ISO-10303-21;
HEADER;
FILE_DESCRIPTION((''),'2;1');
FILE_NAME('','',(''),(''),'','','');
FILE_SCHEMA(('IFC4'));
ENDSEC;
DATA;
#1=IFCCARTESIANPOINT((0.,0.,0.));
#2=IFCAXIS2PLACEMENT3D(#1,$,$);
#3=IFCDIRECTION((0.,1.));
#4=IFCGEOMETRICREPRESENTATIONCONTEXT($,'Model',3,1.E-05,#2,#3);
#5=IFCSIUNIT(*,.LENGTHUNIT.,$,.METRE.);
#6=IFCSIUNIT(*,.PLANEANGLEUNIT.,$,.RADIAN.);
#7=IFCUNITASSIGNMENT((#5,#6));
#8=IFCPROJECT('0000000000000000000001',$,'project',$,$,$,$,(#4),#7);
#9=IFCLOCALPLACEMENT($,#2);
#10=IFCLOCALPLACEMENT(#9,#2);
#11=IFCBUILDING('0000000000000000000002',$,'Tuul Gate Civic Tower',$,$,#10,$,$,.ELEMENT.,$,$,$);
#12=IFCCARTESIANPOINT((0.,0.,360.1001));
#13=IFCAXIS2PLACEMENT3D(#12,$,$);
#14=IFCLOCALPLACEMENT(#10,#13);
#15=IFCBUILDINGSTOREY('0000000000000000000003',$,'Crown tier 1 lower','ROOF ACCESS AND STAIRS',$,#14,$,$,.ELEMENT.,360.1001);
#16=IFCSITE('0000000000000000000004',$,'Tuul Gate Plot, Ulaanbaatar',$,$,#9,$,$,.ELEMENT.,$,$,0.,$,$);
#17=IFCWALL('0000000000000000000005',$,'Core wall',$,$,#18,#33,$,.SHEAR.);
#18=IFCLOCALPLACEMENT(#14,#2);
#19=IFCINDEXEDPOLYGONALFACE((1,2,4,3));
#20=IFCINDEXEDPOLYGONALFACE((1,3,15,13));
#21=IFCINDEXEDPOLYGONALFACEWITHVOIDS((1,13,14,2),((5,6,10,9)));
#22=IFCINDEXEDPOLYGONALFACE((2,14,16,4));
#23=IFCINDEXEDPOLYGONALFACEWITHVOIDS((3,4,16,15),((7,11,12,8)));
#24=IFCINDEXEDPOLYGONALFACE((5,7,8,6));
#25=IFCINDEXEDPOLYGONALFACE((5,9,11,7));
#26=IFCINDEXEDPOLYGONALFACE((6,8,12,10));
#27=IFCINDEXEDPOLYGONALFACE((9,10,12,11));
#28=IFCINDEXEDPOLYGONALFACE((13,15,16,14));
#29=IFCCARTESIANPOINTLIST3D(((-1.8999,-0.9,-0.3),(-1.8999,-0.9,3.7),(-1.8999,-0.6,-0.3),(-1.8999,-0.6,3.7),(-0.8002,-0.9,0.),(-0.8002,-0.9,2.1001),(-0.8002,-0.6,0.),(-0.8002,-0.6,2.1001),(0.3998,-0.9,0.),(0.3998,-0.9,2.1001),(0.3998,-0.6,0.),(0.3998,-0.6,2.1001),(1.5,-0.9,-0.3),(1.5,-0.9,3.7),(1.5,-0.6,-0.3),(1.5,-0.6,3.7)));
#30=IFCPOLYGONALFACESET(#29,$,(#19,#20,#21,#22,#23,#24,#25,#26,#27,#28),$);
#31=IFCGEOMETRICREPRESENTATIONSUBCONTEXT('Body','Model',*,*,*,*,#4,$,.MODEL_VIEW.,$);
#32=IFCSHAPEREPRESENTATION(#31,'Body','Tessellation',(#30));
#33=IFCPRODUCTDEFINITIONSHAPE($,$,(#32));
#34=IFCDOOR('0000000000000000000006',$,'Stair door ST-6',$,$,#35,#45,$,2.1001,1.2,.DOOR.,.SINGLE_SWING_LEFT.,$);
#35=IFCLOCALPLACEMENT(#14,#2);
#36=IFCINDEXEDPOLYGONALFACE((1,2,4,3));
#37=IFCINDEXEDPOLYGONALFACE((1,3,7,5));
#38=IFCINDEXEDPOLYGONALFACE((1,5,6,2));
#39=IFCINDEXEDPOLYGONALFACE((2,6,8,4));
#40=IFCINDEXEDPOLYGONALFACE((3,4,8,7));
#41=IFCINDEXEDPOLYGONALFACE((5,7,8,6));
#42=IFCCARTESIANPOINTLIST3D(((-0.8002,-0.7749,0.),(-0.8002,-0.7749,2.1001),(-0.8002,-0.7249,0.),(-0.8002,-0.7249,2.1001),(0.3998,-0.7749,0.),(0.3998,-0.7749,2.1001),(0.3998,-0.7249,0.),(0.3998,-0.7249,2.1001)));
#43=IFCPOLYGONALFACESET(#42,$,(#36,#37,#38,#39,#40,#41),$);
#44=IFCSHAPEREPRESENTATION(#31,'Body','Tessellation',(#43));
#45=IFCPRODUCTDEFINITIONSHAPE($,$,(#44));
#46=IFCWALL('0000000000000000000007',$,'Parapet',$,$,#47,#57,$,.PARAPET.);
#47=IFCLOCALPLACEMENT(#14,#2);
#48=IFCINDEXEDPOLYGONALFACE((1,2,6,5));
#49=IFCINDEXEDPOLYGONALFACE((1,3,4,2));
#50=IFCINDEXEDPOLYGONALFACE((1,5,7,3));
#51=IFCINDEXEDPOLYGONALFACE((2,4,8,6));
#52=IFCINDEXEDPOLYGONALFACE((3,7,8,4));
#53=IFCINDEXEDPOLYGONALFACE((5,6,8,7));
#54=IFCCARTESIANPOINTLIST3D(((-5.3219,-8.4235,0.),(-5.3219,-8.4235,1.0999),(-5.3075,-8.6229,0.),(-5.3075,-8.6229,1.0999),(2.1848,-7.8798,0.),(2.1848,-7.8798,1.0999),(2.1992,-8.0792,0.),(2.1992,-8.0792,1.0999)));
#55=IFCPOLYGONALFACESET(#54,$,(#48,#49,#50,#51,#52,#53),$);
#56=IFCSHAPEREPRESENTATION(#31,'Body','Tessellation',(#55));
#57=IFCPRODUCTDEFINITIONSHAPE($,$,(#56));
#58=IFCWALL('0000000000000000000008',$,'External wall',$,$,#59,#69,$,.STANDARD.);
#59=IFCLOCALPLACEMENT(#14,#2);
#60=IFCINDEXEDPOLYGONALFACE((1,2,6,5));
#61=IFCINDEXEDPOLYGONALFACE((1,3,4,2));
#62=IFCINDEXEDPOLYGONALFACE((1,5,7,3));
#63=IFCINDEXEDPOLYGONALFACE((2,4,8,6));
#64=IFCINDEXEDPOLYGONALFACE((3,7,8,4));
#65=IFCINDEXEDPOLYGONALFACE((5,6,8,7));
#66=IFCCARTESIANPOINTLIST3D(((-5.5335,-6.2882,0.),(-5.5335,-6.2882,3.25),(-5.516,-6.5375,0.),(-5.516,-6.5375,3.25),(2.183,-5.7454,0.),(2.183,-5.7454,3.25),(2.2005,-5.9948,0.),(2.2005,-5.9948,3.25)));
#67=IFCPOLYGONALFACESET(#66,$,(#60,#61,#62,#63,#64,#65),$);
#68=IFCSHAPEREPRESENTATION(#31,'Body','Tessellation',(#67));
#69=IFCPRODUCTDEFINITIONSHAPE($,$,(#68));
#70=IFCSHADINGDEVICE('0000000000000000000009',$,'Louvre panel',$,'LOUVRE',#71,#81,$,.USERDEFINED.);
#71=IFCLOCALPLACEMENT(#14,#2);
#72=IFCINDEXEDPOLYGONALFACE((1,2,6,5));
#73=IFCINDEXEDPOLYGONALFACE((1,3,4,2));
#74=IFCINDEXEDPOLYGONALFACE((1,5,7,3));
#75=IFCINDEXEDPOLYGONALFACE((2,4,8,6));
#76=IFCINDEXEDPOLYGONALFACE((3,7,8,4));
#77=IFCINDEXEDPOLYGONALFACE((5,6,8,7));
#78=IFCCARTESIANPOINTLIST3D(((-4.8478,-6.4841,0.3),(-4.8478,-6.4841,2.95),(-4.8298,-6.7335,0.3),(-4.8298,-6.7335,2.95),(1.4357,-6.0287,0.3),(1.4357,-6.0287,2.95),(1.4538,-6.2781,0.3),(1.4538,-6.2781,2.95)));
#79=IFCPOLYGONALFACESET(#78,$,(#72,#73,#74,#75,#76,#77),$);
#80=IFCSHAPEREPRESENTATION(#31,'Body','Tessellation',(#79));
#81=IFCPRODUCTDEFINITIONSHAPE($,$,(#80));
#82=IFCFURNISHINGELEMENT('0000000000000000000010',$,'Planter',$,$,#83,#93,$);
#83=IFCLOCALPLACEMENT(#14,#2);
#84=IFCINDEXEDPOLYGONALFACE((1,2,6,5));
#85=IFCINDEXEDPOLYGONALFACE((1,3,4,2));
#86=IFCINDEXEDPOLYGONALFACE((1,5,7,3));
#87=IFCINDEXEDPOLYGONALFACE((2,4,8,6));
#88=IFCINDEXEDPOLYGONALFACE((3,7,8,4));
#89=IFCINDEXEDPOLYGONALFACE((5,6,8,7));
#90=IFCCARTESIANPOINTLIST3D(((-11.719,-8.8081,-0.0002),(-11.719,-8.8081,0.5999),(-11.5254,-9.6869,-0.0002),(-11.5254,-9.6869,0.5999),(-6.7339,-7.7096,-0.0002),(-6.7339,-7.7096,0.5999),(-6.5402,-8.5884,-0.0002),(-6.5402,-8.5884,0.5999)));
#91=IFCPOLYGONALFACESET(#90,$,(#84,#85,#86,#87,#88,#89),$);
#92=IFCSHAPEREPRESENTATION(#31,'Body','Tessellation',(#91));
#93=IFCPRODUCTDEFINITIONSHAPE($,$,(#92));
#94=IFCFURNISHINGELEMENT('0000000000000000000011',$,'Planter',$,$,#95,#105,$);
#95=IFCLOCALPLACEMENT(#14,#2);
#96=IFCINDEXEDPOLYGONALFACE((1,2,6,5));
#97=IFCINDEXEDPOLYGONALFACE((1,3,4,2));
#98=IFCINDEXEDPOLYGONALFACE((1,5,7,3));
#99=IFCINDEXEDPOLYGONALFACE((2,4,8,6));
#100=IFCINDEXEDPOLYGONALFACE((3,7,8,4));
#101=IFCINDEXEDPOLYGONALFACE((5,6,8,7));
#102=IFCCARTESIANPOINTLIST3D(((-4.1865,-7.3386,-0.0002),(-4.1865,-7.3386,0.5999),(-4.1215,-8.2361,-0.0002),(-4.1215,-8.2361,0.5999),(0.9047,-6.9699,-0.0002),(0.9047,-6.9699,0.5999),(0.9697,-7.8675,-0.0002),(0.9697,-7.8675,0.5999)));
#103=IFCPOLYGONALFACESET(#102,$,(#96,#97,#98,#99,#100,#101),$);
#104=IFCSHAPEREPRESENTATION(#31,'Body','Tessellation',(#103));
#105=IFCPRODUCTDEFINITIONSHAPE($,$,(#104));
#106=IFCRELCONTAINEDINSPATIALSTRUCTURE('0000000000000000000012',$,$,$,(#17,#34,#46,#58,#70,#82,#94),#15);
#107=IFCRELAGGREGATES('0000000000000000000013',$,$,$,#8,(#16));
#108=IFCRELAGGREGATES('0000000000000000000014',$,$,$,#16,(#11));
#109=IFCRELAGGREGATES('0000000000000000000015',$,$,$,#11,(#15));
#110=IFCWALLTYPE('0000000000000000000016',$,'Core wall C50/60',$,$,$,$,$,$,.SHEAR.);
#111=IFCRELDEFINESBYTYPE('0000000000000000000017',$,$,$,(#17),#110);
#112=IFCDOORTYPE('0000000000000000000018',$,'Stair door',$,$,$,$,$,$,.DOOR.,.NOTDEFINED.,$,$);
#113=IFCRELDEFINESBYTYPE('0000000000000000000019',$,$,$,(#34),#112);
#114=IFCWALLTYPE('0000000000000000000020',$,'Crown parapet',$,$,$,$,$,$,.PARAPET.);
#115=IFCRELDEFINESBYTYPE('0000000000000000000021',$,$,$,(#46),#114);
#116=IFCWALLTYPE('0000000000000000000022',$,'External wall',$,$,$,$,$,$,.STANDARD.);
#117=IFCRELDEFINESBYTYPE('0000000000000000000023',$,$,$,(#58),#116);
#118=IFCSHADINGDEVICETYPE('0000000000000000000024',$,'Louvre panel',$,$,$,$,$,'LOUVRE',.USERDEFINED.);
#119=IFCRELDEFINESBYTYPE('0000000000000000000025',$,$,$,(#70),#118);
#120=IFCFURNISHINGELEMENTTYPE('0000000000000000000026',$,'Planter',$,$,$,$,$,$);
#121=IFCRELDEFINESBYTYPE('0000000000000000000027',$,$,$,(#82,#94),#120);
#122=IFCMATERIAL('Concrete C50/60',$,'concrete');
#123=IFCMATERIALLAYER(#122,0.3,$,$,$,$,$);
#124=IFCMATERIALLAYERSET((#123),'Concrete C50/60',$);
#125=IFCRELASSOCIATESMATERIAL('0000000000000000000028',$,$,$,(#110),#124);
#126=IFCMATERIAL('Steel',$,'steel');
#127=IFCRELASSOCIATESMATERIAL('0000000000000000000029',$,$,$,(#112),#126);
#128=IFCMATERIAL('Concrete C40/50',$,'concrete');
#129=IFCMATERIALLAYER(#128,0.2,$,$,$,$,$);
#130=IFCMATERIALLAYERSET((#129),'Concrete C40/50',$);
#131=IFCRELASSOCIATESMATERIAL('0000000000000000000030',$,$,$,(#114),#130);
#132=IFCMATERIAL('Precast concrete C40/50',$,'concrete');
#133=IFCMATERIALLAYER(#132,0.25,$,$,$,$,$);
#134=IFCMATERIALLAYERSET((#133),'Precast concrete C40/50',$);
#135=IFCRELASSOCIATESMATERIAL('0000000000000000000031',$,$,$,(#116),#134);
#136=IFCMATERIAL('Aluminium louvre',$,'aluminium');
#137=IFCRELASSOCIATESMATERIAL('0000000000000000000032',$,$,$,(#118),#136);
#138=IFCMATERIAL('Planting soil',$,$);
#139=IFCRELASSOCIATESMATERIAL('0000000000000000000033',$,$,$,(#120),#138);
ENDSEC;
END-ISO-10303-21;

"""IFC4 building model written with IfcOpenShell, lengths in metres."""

from ifc_helpers import new_model, si_unit, direction, frame, frame_2d, origin, origin_2d, place, context, subcontext, project, spatial, rectangle, extrude, material, layer, layer_set, type_object, element, fill, save


model = new_model("IFC4")

# Units and contexts
model_context = context("Model", 3, precision=1e-05, world=origin(), true_north=direction((0.0, 1.0)))
body_context = subcontext(model_context, "Body", "Model", "MODEL_VIEW")
ifc_project = project(units=[si_unit("LENGTHUNIT", "METRE"), si_unit("PLANEANGLEUNIT", "RADIAN")], contexts=[model_context])

# Site, building, storey
site_placement = place(None, origin())
site = spatial("IfcSite", under=ifc_project, at=site_placement, Name="Tuul Gate Plot, Ulaanbaatar", CompositionType="ELEMENT", RefElevation=0.0)
building_placement = place(site_placement, origin())
building = spatial("IfcBuilding", under=site, at=building_placement, Name="Tuul Gate Civic Tower", CompositionType="ELEMENT")
storey_placement = place(building_placement, frame((0.0, 0.0, 360.1001)))
storey = spatial("IfcBuildingStorey", under=building, at=storey_placement, Name="Crown tier 1 lower", Description="ROOF ACCESS AND STAIRS", CompositionType="ELEMENT", Elevation=360.1001)

# Shared definitions
ifc_material_1 = material(Name="Concrete C50/60", Category="concrete")
ifc_layer_1 = layer(ifc_material_1, 0.3)
ifc_layer_set_1 = layer_set([ifc_layer_1], Name="Concrete C50/60")
wall_type_1 = type_object("IfcWallType", Name="Core wall C50/60", PredefinedType="SHEAR", material=ifc_layer_set_1)

# Shared definitions
ifc_material_2 = material(Name="Steel", Category="steel")
door_type = type_object("IfcDoorType", Name="Stair door", OperationType="NOTDEFINED", PredefinedType="DOOR", material=ifc_material_2)

# Wall, opening, door
wall_1_placement = place(storey_placement, frame((1.5, -0.75, -0.3), z_axis=(0.0, 0.0, 1.0), x_axis=(-1.0, 0.0, 0.0)))
wall_1 = element("IfcWall", 1, at=wall_1_placement, inside=storey, type_object=wall_type_1, Name="Core wall", PredefinedType="SHEAR", context=body_context, shape_type="SweptSolid", body=[
    extrude(rectangle(XDim=3.3999, YDim=0.3, at=frame_2d((1.7, 0.0))), origin(), (0.0, 0.0, 1.0), 4.0),
])
opening_1_placement = place(wall_1_placement, frame((1.1001, 0.0, 0.3)))
opening_1 = element("IfcOpeningElement", 2, at=opening_1_placement, cuts=wall_1, PredefinedType="OPENING", context=body_context, shape_type="SweptSolid", body=[
    extrude(rectangle(XDim=1.2, YDim=2.1001, at=frame_2d((0.6001, 1.05))), frame((0.0, 0.1602, 0.0), z_axis=(0.0, -1.0, 0.0), x_axis=(1.0, 0.0, 0.0)), (0.0, 0.0, 1.0), 0.3201),
])
door_1_placement = place(opening_1_placement, origin())
door_1 = element("IfcDoor", 3, at=door_1_placement, inside=storey, type_object=door_type, Name="Stair door ST-6", OperationType="SINGLE_SWING_LEFT", OverallHeight=2.1001, OverallWidth=1.2, PredefinedType="DOOR", context=body_context, shape_type="SweptSolid", body=[
    extrude(rectangle(XDim=1.2, YDim=2.1001, at=frame_2d((0.6001, 1.05))), frame((0.0, 0.0249, 0.0), z_axis=(0.0, -1.0, 0.0), x_axis=(1.0, 0.0, 0.0)), (0.0, 0.0, 1.0), 0.05),
])
fill(opening_1, door_1)

# Walls
ifc_material_3 = material(Name="Concrete C40/50", Category="concrete")
ifc_layer_2 = layer(ifc_material_3, 0.2)
ifc_layer_set_2 = layer_set([ifc_layer_2], Name="Concrete C40/50")
wall_type_2 = type_object("IfcWallType", Name="Crown parapet", PredefinedType="PARAPET", material=ifc_layer_set_2)
wall_2_placement = place(storey_placement, frame((-5.3147, -8.5232, 0.0), z_axis=(0.0, 0.0, 1.0), x_axis=(0.997387, 0.072241, 0.0)))
element("IfcWall", 4, at=wall_2_placement, inside=storey, type_object=wall_type_2, Name="Parapet", PredefinedType="PARAPET", context=body_context, shape_type="SweptSolid", body=[
    extrude(rectangle(XDim=7.5264, YDim=0.2, at=frame_2d((3.7632, 0.0))), origin(), (0.0, 0.0, 1.0), 1.0999),
])
ifc_material_4 = material(Name="Precast concrete C40/50", Category="concrete")
ifc_layer_3 = layer(ifc_material_4, 0.25)
ifc_layer_set_3 = layer_set([ifc_layer_3], Name="Precast concrete C40/50")
wall_type_3 = type_object("IfcWallType", Name="External wall", PredefinedType="STANDARD", material=ifc_layer_set_3)
wall_3_placement = place(storey_placement, frame((-5.5247, -6.4128, 0.0), z_axis=(0.0, 0.0, 1.0), x_axis=(0.997536, 0.070159, 0.0)))
element("IfcWall", 5, at=wall_3_placement, inside=storey, type_object=wall_type_3, Name="External wall", PredefinedType="STANDARD", context=body_context, shape_type="SweptSolid", body=[
    extrude(rectangle(XDim=7.7356, YDim=0.25, at=frame_2d((3.8677, 0.0))), origin(), (0.0, 0.0, 1.0), 3.25),
])

# Shading device
ifc_material_5 = material(Name="Aluminium louvre", Category="aluminium")
shading_device_type = type_object("IfcShadingDeviceType", Name="Louvre panel", ElementType="LOUVRE", PredefinedType="USERDEFINED", material=ifc_material_5)
shading_device_placement = place(storey_placement, frame((-1.697, -6.3811, 0.3), z_axis=(0.0, 0.0, 1.0), x_axis=(0.072283, -0.997384, 0.0)))
element("IfcShadingDevice", 6, at=shading_device_placement, inside=storey, type_object=shading_device_type, Name="Louvre panel", ObjectType="LOUVRE", PredefinedType="USERDEFINED", context=body_context, shape_type="SweptSolid", body=[
    extrude(rectangle(XDim=0.25, YDim=6.3, at=origin_2d()), origin(), (0.0, 0.0, 1.0), 2.6499),
])

# Furnishing elements
ifc_material_6 = material(Name="Planting soil")
furnishing_element_type = type_object("IfcFurnishingElementType", Name="Planter", material=ifc_material_6)
furnishing_1_placement = place(storey_placement, frame((-9.1296, -8.6982, -0.0002), z_axis=(0.0, 0.0, 1.0), x_axis=(0.976571, 0.215195, 0.0)))
element("IfcFurnishingElement", 7, at=furnishing_1_placement, inside=storey, type_object=furnishing_element_type, Name="Planter", context=body_context, shape_type="SweptSolid", body=[
    extrude(rectangle(XDim=5.1047, YDim=0.8999, at=origin_2d()), origin(), (0.0, 0.0, 1.0), 0.6001),
])
furnishing_2_placement = place(storey_placement, frame((-1.6084, -7.603, -0.0002), z_axis=(0.0, 0.0, 1.0), x_axis=(0.997389, 0.072222, 0.0)))
element("IfcFurnishingElement", 8, at=furnishing_2_placement, inside=storey, type_object=furnishing_element_type, Name="Planter", context=body_context, shape_type="SweptSolid", body=[
    extrude(rectangle(XDim=5.1045, YDim=0.8999, at=origin_2d()), origin(), (0.0, 0.0, 1.0), 0.6001),
])

save(model, "model.ifc")
